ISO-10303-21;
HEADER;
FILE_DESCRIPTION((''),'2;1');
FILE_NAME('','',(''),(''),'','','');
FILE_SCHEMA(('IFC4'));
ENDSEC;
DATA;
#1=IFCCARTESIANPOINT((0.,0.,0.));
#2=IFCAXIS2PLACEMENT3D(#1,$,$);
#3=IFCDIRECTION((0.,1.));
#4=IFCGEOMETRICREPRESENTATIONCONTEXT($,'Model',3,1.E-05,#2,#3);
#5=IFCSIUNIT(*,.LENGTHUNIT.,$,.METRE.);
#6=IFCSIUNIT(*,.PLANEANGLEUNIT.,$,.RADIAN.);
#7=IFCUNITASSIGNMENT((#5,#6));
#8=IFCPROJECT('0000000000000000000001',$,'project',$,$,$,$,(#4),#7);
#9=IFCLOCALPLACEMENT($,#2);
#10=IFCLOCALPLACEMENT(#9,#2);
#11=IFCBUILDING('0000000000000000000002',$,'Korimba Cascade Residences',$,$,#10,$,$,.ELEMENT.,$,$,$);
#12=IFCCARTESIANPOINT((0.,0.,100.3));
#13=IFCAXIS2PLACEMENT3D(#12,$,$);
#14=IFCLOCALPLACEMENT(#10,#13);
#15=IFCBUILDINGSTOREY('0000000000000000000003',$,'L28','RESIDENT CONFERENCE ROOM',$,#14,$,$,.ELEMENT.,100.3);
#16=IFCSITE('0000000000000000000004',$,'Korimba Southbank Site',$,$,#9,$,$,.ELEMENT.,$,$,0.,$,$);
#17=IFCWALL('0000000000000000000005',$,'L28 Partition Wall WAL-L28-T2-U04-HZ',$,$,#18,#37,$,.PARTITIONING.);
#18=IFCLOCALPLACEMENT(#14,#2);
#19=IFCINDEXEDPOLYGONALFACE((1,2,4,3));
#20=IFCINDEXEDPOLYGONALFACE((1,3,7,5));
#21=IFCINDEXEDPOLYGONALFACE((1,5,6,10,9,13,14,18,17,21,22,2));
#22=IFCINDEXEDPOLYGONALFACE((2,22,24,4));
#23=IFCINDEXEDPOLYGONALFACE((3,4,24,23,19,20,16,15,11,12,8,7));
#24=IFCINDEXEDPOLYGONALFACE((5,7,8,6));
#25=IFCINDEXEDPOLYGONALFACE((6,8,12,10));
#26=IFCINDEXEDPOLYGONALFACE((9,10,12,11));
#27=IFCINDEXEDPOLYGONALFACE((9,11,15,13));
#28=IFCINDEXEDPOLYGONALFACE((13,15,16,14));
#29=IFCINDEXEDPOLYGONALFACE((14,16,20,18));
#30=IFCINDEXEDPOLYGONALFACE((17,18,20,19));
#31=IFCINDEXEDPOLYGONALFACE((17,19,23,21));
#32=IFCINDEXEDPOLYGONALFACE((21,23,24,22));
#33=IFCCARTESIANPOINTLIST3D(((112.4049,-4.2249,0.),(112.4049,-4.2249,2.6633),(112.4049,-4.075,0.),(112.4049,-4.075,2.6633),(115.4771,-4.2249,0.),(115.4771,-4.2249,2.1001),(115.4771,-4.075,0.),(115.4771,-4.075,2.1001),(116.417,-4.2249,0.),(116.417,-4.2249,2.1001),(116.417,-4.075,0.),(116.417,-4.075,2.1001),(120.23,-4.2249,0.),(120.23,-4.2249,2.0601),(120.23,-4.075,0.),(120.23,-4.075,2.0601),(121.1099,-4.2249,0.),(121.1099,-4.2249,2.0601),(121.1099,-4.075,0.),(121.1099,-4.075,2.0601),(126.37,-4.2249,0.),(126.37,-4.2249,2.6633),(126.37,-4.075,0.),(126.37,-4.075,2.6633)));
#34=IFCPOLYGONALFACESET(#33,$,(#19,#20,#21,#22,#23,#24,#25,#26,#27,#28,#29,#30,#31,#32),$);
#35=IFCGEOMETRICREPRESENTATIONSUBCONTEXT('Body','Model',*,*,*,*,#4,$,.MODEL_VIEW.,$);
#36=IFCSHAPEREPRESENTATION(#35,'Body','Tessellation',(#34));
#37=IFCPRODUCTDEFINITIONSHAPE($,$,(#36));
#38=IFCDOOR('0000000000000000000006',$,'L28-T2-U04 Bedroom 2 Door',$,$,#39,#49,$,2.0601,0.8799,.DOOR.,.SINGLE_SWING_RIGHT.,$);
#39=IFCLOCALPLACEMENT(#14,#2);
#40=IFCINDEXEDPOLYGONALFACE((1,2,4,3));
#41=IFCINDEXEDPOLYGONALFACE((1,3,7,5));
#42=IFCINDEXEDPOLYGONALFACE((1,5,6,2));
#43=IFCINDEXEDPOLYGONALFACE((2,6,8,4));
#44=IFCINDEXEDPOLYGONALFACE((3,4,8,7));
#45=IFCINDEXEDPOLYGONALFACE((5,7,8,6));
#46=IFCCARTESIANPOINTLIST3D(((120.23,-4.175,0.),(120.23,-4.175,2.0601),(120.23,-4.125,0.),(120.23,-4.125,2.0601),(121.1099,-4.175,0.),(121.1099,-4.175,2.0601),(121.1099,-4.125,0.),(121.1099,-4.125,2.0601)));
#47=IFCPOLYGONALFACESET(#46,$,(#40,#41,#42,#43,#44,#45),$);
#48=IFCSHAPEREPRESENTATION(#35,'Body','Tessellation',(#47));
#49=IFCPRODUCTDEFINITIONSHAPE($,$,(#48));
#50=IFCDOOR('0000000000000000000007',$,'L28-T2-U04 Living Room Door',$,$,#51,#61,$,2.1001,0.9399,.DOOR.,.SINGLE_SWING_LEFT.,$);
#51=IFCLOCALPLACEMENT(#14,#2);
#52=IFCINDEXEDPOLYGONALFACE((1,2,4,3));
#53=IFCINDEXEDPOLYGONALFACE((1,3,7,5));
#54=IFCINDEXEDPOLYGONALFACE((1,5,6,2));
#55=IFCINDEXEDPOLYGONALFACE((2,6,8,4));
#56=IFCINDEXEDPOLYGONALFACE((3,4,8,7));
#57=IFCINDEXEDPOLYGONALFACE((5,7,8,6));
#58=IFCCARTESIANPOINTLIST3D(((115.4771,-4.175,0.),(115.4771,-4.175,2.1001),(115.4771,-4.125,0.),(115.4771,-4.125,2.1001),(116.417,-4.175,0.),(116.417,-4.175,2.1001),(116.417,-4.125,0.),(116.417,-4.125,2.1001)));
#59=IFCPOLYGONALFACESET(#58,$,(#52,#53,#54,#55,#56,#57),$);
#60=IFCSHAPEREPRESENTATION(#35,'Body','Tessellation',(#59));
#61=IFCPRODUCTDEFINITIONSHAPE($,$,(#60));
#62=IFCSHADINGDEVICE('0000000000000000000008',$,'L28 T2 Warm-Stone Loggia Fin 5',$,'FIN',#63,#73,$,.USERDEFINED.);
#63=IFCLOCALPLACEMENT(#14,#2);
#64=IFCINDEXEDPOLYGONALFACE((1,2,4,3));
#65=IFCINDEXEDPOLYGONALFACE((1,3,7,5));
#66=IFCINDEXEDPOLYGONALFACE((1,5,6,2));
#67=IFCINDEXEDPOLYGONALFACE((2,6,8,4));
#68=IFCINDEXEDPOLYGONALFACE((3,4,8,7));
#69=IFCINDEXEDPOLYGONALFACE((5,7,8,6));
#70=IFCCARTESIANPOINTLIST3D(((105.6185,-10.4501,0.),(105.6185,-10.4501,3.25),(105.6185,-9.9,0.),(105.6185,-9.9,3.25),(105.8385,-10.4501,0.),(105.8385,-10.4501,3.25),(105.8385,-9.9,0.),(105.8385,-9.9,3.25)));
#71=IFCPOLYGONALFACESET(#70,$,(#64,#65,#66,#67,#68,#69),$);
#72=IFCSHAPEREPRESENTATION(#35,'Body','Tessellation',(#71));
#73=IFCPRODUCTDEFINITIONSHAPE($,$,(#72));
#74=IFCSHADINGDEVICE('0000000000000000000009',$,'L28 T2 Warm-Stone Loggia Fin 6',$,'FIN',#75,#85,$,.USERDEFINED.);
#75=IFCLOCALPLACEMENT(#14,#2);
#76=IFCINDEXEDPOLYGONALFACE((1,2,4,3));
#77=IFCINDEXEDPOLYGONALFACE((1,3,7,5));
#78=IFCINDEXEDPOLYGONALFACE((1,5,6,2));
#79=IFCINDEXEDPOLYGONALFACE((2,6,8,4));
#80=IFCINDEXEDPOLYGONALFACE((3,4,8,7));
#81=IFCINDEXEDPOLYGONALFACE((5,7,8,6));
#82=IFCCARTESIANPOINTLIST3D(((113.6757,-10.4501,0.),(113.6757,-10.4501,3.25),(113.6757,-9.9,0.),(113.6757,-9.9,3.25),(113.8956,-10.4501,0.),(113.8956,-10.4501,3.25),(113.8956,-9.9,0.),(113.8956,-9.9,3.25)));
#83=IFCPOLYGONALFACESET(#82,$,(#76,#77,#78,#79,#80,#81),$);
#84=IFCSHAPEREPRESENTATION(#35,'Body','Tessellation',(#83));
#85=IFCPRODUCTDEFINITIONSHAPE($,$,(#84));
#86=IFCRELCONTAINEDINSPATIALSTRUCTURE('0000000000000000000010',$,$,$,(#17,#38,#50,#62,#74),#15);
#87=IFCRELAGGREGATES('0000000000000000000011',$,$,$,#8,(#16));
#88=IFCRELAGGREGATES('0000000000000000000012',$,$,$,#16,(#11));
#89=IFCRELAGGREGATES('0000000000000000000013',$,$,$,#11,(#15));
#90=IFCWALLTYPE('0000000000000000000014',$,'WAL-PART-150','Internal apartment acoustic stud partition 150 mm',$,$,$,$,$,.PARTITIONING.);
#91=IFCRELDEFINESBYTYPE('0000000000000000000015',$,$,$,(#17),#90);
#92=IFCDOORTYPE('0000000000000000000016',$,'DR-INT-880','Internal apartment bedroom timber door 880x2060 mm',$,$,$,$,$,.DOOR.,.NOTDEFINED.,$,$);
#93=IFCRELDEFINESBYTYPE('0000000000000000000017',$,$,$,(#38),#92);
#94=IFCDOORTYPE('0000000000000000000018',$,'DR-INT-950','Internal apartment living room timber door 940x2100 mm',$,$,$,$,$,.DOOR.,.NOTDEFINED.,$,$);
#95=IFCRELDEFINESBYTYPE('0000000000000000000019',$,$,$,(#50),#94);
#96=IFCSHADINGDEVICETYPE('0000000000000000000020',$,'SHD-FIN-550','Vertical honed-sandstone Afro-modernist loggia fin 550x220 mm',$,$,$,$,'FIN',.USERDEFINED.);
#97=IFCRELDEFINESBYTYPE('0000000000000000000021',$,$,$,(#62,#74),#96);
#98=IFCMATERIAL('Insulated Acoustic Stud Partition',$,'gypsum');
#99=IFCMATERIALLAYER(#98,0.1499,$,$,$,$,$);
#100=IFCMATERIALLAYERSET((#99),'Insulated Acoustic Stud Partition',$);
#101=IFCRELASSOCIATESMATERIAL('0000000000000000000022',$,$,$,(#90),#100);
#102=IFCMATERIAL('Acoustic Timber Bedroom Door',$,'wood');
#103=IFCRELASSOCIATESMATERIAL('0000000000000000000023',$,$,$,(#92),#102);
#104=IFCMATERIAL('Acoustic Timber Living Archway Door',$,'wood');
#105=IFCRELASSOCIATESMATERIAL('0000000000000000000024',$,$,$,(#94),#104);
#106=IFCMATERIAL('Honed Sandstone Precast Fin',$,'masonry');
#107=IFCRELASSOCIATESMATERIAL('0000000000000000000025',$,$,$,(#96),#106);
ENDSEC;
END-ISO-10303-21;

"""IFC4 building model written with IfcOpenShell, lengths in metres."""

from ifc_helpers import new_model, si_unit, direction, frame, frame_2d, origin, origin_2d, place, context, subcontext, project, spatial, rectangle, extrude, material, layer, layer_set, type_object, element, fill, save


model = new_model("IFC4")

# Units and contexts
model_context = context("Model", 3, precision=1e-05, world=origin(), true_north=direction((0.0, 1.0)))
body_context = subcontext(model_context, "Body", "Model", "MODEL_VIEW")
ifc_project = project(units=[si_unit("LENGTHUNIT", "METRE"), si_unit("PLANEANGLEUNIT", "RADIAN")], contexts=[model_context])

# Site, building, storey
site_placement = place(None, origin())
site = spatial("IfcSite", under=ifc_project, at=site_placement, Name="Korimba Southbank Site", CompositionType="ELEMENT", RefElevation=0.0)
building_placement = place(site_placement, origin())
building = spatial("IfcBuilding", under=site, at=building_placement, Name="Korimba Cascade Residences", CompositionType="ELEMENT")
storey_placement = place(building_placement, frame((0.0, 0.0, 100.3)))
storey = spatial("IfcBuildingStorey", under=building, at=storey_placement, Name="L28", Description="RESIDENT CONFERENCE ROOM", CompositionType="ELEMENT", Elevation=100.3)

# Shared definitions
ifc_material_1 = material(Name="Insulated Acoustic Stud Partition", Category="gypsum")
ifc_layer_1 = layer(ifc_material_1, 0.1499)
ifc_layer_set_1 = layer_set([ifc_layer_1], Name="Insulated Acoustic Stud Partition")
wall_type_1 = type_object("IfcWallType", Name="WAL-PART-150", Description="Internal apartment acoustic stud partition 150 mm", PredefinedType="PARTITIONING", material=ifc_layer_set_1)
ifc_material_2 = material(Name="Acoustic Timber Bedroom Door", Category="wood")
door_type_1 = type_object("IfcDoorType", Name="DR-INT-880", Description="Internal apartment bedroom timber door 880x2060 mm", OperationType="NOTDEFINED", PredefinedType="DOOR", material=ifc_material_2)

# Wall, openings, doors
wall_1_placement = place(storey_placement, frame((112.405, -4.1499, 0.0), z_axis=(0.0, 0.0, 1.0), x_axis=(1.0, 0.0, 0.0)))
wall_1 = element("IfcWall", 1, at=wall_1_placement, inside=storey, type_object=wall_type_1, Name="L28 Partition Wall WAL-L28-T2-U04-HZ", PredefinedType="PARTITIONING", context=body_context, shape_type="SweptSolid", body=[
    extrude(rectangle(XDim=13.9651, YDim=0.1499, at=frame_2d((6.9824, 0.0))), origin(), (0.0, 0.0, 1.0), 2.6633),
])
opening_1_placement = place(wall_1_placement, frame((3.072, 0.0, 0.0)))
opening_1 = element("IfcOpeningElement", 2, at=opening_1_placement, cuts=wall_1, PredefinedType="OPENING", context=body_context, shape_type="SweptSolid", body=[
    extrude(rectangle(XDim=0.9399, YDim=2.1001, at=frame_2d((0.47, 1.05))), frame((0.0, 0.085, 0.0), z_axis=(0.0, -1.0, 0.0), x_axis=(1.0, 0.0, 0.0)), (0.0, 0.0, 1.0), 0.1699),
])
opening_2_placement = place(wall_1_placement, frame((7.825, 0.0, 0.0)))
opening_2 = element("IfcOpeningElement", 3, at=opening_2_placement, cuts=wall_1, PredefinedType="OPENING", context=body_context, shape_type="SweptSolid", body=[
    extrude(rectangle(XDim=0.8799, YDim=2.0601, at=frame_2d((0.4399, 1.03))), frame((0.0, 0.085, 0.0), z_axis=(0.0, -1.0, 0.0), x_axis=(1.0, 0.0, 0.0)), (0.0, 0.0, 1.0), 0.1699),
])
door_1_placement = place(opening_2_placement, origin())
door_1 = element("IfcDoor", 4, at=door_1_placement, inside=storey, type_object=door_type_1, Name="L28-T2-U04 Bedroom 2 Door", OperationType="SINGLE_SWING_RIGHT", OverallHeight=2.0601, OverallWidth=0.8799, PredefinedType="DOOR", context=body_context, shape_type="SweptSolid", body=[
    extrude(rectangle(XDim=0.8799, YDim=2.0601, at=frame_2d((0.4399, 1.03))), frame((0.0, 0.0249, 0.0), z_axis=(0.0, -1.0, 0.0), x_axis=(1.0, 0.0, 0.0)), (0.0, 0.0, 1.0), 0.05),
])
fill(opening_2, door_1)
ifc_material_3 = material(Name="Acoustic Timber Living Archway Door", Category="wood")
door_type_2 = type_object("IfcDoorType", Name="DR-INT-950", Description="Internal apartment living room timber door 940x2100 mm", OperationType="NOTDEFINED", PredefinedType="DOOR", material=ifc_material_3)
door_2_placement = place(opening_1_placement, origin())
door_2 = element("IfcDoor", 5, at=door_2_placement, inside=storey, type_object=door_type_2, Name="L28-T2-U04 Living Room Door", OperationType="SINGLE_SWING_LEFT", OverallHeight=2.1001, OverallWidth=0.9399, PredefinedType="DOOR", context=body_context, shape_type="SweptSolid", body=[
    extrude(rectangle(XDim=0.9399, YDim=2.1001, at=frame_2d((0.47, 1.05))), frame((0.0, 0.0249, 0.0), z_axis=(0.0, -1.0, 0.0), x_axis=(1.0, 0.0, 0.0)), (0.0, 0.0, 1.0), 0.05),
])
fill(opening_1, door_2)

# Shading devices
ifc_material_4 = material(Name="Honed Sandstone Precast Fin", Category="masonry")
shading_device_type = type_object("IfcShadingDeviceType", Name="SHD-FIN-550", Description="Vertical honed-sandstone Afro-modernist loggia fin 550x220 mm", ElementType="FIN", PredefinedType="USERDEFINED", material=ifc_material_4)
for number, where, z_axis, x_axis, name in (
    (6, (105.7285, -10.175, 0.0), (0.0, 0.0, 1.0), (1.0, 0.0, 0.0), "L28 T2 Warm-Stone Loggia Fin 5"),
    (7, (113.7856, -10.175, 0.0), (0.0, 0.0, 1.0), (1.0, 0.0, 0.0), "L28 T2 Warm-Stone Loggia Fin 6"),
):
    element("IfcShadingDevice", number, at=place(storey_placement, frame(where, z_axis=z_axis, x_axis=x_axis)), inside=storey, type_object=shading_device_type, Name=name, ObjectType="FIN", PredefinedType="USERDEFINED", context=body_context, shape_type="SweptSolid", body=[
        extrude(rectangle(XDim=0.22, YDim=0.55, at=origin_2d()), origin(), (0.0, 0.0, 1.0), 3.25),
    ])

save(model, "model.ifc")
